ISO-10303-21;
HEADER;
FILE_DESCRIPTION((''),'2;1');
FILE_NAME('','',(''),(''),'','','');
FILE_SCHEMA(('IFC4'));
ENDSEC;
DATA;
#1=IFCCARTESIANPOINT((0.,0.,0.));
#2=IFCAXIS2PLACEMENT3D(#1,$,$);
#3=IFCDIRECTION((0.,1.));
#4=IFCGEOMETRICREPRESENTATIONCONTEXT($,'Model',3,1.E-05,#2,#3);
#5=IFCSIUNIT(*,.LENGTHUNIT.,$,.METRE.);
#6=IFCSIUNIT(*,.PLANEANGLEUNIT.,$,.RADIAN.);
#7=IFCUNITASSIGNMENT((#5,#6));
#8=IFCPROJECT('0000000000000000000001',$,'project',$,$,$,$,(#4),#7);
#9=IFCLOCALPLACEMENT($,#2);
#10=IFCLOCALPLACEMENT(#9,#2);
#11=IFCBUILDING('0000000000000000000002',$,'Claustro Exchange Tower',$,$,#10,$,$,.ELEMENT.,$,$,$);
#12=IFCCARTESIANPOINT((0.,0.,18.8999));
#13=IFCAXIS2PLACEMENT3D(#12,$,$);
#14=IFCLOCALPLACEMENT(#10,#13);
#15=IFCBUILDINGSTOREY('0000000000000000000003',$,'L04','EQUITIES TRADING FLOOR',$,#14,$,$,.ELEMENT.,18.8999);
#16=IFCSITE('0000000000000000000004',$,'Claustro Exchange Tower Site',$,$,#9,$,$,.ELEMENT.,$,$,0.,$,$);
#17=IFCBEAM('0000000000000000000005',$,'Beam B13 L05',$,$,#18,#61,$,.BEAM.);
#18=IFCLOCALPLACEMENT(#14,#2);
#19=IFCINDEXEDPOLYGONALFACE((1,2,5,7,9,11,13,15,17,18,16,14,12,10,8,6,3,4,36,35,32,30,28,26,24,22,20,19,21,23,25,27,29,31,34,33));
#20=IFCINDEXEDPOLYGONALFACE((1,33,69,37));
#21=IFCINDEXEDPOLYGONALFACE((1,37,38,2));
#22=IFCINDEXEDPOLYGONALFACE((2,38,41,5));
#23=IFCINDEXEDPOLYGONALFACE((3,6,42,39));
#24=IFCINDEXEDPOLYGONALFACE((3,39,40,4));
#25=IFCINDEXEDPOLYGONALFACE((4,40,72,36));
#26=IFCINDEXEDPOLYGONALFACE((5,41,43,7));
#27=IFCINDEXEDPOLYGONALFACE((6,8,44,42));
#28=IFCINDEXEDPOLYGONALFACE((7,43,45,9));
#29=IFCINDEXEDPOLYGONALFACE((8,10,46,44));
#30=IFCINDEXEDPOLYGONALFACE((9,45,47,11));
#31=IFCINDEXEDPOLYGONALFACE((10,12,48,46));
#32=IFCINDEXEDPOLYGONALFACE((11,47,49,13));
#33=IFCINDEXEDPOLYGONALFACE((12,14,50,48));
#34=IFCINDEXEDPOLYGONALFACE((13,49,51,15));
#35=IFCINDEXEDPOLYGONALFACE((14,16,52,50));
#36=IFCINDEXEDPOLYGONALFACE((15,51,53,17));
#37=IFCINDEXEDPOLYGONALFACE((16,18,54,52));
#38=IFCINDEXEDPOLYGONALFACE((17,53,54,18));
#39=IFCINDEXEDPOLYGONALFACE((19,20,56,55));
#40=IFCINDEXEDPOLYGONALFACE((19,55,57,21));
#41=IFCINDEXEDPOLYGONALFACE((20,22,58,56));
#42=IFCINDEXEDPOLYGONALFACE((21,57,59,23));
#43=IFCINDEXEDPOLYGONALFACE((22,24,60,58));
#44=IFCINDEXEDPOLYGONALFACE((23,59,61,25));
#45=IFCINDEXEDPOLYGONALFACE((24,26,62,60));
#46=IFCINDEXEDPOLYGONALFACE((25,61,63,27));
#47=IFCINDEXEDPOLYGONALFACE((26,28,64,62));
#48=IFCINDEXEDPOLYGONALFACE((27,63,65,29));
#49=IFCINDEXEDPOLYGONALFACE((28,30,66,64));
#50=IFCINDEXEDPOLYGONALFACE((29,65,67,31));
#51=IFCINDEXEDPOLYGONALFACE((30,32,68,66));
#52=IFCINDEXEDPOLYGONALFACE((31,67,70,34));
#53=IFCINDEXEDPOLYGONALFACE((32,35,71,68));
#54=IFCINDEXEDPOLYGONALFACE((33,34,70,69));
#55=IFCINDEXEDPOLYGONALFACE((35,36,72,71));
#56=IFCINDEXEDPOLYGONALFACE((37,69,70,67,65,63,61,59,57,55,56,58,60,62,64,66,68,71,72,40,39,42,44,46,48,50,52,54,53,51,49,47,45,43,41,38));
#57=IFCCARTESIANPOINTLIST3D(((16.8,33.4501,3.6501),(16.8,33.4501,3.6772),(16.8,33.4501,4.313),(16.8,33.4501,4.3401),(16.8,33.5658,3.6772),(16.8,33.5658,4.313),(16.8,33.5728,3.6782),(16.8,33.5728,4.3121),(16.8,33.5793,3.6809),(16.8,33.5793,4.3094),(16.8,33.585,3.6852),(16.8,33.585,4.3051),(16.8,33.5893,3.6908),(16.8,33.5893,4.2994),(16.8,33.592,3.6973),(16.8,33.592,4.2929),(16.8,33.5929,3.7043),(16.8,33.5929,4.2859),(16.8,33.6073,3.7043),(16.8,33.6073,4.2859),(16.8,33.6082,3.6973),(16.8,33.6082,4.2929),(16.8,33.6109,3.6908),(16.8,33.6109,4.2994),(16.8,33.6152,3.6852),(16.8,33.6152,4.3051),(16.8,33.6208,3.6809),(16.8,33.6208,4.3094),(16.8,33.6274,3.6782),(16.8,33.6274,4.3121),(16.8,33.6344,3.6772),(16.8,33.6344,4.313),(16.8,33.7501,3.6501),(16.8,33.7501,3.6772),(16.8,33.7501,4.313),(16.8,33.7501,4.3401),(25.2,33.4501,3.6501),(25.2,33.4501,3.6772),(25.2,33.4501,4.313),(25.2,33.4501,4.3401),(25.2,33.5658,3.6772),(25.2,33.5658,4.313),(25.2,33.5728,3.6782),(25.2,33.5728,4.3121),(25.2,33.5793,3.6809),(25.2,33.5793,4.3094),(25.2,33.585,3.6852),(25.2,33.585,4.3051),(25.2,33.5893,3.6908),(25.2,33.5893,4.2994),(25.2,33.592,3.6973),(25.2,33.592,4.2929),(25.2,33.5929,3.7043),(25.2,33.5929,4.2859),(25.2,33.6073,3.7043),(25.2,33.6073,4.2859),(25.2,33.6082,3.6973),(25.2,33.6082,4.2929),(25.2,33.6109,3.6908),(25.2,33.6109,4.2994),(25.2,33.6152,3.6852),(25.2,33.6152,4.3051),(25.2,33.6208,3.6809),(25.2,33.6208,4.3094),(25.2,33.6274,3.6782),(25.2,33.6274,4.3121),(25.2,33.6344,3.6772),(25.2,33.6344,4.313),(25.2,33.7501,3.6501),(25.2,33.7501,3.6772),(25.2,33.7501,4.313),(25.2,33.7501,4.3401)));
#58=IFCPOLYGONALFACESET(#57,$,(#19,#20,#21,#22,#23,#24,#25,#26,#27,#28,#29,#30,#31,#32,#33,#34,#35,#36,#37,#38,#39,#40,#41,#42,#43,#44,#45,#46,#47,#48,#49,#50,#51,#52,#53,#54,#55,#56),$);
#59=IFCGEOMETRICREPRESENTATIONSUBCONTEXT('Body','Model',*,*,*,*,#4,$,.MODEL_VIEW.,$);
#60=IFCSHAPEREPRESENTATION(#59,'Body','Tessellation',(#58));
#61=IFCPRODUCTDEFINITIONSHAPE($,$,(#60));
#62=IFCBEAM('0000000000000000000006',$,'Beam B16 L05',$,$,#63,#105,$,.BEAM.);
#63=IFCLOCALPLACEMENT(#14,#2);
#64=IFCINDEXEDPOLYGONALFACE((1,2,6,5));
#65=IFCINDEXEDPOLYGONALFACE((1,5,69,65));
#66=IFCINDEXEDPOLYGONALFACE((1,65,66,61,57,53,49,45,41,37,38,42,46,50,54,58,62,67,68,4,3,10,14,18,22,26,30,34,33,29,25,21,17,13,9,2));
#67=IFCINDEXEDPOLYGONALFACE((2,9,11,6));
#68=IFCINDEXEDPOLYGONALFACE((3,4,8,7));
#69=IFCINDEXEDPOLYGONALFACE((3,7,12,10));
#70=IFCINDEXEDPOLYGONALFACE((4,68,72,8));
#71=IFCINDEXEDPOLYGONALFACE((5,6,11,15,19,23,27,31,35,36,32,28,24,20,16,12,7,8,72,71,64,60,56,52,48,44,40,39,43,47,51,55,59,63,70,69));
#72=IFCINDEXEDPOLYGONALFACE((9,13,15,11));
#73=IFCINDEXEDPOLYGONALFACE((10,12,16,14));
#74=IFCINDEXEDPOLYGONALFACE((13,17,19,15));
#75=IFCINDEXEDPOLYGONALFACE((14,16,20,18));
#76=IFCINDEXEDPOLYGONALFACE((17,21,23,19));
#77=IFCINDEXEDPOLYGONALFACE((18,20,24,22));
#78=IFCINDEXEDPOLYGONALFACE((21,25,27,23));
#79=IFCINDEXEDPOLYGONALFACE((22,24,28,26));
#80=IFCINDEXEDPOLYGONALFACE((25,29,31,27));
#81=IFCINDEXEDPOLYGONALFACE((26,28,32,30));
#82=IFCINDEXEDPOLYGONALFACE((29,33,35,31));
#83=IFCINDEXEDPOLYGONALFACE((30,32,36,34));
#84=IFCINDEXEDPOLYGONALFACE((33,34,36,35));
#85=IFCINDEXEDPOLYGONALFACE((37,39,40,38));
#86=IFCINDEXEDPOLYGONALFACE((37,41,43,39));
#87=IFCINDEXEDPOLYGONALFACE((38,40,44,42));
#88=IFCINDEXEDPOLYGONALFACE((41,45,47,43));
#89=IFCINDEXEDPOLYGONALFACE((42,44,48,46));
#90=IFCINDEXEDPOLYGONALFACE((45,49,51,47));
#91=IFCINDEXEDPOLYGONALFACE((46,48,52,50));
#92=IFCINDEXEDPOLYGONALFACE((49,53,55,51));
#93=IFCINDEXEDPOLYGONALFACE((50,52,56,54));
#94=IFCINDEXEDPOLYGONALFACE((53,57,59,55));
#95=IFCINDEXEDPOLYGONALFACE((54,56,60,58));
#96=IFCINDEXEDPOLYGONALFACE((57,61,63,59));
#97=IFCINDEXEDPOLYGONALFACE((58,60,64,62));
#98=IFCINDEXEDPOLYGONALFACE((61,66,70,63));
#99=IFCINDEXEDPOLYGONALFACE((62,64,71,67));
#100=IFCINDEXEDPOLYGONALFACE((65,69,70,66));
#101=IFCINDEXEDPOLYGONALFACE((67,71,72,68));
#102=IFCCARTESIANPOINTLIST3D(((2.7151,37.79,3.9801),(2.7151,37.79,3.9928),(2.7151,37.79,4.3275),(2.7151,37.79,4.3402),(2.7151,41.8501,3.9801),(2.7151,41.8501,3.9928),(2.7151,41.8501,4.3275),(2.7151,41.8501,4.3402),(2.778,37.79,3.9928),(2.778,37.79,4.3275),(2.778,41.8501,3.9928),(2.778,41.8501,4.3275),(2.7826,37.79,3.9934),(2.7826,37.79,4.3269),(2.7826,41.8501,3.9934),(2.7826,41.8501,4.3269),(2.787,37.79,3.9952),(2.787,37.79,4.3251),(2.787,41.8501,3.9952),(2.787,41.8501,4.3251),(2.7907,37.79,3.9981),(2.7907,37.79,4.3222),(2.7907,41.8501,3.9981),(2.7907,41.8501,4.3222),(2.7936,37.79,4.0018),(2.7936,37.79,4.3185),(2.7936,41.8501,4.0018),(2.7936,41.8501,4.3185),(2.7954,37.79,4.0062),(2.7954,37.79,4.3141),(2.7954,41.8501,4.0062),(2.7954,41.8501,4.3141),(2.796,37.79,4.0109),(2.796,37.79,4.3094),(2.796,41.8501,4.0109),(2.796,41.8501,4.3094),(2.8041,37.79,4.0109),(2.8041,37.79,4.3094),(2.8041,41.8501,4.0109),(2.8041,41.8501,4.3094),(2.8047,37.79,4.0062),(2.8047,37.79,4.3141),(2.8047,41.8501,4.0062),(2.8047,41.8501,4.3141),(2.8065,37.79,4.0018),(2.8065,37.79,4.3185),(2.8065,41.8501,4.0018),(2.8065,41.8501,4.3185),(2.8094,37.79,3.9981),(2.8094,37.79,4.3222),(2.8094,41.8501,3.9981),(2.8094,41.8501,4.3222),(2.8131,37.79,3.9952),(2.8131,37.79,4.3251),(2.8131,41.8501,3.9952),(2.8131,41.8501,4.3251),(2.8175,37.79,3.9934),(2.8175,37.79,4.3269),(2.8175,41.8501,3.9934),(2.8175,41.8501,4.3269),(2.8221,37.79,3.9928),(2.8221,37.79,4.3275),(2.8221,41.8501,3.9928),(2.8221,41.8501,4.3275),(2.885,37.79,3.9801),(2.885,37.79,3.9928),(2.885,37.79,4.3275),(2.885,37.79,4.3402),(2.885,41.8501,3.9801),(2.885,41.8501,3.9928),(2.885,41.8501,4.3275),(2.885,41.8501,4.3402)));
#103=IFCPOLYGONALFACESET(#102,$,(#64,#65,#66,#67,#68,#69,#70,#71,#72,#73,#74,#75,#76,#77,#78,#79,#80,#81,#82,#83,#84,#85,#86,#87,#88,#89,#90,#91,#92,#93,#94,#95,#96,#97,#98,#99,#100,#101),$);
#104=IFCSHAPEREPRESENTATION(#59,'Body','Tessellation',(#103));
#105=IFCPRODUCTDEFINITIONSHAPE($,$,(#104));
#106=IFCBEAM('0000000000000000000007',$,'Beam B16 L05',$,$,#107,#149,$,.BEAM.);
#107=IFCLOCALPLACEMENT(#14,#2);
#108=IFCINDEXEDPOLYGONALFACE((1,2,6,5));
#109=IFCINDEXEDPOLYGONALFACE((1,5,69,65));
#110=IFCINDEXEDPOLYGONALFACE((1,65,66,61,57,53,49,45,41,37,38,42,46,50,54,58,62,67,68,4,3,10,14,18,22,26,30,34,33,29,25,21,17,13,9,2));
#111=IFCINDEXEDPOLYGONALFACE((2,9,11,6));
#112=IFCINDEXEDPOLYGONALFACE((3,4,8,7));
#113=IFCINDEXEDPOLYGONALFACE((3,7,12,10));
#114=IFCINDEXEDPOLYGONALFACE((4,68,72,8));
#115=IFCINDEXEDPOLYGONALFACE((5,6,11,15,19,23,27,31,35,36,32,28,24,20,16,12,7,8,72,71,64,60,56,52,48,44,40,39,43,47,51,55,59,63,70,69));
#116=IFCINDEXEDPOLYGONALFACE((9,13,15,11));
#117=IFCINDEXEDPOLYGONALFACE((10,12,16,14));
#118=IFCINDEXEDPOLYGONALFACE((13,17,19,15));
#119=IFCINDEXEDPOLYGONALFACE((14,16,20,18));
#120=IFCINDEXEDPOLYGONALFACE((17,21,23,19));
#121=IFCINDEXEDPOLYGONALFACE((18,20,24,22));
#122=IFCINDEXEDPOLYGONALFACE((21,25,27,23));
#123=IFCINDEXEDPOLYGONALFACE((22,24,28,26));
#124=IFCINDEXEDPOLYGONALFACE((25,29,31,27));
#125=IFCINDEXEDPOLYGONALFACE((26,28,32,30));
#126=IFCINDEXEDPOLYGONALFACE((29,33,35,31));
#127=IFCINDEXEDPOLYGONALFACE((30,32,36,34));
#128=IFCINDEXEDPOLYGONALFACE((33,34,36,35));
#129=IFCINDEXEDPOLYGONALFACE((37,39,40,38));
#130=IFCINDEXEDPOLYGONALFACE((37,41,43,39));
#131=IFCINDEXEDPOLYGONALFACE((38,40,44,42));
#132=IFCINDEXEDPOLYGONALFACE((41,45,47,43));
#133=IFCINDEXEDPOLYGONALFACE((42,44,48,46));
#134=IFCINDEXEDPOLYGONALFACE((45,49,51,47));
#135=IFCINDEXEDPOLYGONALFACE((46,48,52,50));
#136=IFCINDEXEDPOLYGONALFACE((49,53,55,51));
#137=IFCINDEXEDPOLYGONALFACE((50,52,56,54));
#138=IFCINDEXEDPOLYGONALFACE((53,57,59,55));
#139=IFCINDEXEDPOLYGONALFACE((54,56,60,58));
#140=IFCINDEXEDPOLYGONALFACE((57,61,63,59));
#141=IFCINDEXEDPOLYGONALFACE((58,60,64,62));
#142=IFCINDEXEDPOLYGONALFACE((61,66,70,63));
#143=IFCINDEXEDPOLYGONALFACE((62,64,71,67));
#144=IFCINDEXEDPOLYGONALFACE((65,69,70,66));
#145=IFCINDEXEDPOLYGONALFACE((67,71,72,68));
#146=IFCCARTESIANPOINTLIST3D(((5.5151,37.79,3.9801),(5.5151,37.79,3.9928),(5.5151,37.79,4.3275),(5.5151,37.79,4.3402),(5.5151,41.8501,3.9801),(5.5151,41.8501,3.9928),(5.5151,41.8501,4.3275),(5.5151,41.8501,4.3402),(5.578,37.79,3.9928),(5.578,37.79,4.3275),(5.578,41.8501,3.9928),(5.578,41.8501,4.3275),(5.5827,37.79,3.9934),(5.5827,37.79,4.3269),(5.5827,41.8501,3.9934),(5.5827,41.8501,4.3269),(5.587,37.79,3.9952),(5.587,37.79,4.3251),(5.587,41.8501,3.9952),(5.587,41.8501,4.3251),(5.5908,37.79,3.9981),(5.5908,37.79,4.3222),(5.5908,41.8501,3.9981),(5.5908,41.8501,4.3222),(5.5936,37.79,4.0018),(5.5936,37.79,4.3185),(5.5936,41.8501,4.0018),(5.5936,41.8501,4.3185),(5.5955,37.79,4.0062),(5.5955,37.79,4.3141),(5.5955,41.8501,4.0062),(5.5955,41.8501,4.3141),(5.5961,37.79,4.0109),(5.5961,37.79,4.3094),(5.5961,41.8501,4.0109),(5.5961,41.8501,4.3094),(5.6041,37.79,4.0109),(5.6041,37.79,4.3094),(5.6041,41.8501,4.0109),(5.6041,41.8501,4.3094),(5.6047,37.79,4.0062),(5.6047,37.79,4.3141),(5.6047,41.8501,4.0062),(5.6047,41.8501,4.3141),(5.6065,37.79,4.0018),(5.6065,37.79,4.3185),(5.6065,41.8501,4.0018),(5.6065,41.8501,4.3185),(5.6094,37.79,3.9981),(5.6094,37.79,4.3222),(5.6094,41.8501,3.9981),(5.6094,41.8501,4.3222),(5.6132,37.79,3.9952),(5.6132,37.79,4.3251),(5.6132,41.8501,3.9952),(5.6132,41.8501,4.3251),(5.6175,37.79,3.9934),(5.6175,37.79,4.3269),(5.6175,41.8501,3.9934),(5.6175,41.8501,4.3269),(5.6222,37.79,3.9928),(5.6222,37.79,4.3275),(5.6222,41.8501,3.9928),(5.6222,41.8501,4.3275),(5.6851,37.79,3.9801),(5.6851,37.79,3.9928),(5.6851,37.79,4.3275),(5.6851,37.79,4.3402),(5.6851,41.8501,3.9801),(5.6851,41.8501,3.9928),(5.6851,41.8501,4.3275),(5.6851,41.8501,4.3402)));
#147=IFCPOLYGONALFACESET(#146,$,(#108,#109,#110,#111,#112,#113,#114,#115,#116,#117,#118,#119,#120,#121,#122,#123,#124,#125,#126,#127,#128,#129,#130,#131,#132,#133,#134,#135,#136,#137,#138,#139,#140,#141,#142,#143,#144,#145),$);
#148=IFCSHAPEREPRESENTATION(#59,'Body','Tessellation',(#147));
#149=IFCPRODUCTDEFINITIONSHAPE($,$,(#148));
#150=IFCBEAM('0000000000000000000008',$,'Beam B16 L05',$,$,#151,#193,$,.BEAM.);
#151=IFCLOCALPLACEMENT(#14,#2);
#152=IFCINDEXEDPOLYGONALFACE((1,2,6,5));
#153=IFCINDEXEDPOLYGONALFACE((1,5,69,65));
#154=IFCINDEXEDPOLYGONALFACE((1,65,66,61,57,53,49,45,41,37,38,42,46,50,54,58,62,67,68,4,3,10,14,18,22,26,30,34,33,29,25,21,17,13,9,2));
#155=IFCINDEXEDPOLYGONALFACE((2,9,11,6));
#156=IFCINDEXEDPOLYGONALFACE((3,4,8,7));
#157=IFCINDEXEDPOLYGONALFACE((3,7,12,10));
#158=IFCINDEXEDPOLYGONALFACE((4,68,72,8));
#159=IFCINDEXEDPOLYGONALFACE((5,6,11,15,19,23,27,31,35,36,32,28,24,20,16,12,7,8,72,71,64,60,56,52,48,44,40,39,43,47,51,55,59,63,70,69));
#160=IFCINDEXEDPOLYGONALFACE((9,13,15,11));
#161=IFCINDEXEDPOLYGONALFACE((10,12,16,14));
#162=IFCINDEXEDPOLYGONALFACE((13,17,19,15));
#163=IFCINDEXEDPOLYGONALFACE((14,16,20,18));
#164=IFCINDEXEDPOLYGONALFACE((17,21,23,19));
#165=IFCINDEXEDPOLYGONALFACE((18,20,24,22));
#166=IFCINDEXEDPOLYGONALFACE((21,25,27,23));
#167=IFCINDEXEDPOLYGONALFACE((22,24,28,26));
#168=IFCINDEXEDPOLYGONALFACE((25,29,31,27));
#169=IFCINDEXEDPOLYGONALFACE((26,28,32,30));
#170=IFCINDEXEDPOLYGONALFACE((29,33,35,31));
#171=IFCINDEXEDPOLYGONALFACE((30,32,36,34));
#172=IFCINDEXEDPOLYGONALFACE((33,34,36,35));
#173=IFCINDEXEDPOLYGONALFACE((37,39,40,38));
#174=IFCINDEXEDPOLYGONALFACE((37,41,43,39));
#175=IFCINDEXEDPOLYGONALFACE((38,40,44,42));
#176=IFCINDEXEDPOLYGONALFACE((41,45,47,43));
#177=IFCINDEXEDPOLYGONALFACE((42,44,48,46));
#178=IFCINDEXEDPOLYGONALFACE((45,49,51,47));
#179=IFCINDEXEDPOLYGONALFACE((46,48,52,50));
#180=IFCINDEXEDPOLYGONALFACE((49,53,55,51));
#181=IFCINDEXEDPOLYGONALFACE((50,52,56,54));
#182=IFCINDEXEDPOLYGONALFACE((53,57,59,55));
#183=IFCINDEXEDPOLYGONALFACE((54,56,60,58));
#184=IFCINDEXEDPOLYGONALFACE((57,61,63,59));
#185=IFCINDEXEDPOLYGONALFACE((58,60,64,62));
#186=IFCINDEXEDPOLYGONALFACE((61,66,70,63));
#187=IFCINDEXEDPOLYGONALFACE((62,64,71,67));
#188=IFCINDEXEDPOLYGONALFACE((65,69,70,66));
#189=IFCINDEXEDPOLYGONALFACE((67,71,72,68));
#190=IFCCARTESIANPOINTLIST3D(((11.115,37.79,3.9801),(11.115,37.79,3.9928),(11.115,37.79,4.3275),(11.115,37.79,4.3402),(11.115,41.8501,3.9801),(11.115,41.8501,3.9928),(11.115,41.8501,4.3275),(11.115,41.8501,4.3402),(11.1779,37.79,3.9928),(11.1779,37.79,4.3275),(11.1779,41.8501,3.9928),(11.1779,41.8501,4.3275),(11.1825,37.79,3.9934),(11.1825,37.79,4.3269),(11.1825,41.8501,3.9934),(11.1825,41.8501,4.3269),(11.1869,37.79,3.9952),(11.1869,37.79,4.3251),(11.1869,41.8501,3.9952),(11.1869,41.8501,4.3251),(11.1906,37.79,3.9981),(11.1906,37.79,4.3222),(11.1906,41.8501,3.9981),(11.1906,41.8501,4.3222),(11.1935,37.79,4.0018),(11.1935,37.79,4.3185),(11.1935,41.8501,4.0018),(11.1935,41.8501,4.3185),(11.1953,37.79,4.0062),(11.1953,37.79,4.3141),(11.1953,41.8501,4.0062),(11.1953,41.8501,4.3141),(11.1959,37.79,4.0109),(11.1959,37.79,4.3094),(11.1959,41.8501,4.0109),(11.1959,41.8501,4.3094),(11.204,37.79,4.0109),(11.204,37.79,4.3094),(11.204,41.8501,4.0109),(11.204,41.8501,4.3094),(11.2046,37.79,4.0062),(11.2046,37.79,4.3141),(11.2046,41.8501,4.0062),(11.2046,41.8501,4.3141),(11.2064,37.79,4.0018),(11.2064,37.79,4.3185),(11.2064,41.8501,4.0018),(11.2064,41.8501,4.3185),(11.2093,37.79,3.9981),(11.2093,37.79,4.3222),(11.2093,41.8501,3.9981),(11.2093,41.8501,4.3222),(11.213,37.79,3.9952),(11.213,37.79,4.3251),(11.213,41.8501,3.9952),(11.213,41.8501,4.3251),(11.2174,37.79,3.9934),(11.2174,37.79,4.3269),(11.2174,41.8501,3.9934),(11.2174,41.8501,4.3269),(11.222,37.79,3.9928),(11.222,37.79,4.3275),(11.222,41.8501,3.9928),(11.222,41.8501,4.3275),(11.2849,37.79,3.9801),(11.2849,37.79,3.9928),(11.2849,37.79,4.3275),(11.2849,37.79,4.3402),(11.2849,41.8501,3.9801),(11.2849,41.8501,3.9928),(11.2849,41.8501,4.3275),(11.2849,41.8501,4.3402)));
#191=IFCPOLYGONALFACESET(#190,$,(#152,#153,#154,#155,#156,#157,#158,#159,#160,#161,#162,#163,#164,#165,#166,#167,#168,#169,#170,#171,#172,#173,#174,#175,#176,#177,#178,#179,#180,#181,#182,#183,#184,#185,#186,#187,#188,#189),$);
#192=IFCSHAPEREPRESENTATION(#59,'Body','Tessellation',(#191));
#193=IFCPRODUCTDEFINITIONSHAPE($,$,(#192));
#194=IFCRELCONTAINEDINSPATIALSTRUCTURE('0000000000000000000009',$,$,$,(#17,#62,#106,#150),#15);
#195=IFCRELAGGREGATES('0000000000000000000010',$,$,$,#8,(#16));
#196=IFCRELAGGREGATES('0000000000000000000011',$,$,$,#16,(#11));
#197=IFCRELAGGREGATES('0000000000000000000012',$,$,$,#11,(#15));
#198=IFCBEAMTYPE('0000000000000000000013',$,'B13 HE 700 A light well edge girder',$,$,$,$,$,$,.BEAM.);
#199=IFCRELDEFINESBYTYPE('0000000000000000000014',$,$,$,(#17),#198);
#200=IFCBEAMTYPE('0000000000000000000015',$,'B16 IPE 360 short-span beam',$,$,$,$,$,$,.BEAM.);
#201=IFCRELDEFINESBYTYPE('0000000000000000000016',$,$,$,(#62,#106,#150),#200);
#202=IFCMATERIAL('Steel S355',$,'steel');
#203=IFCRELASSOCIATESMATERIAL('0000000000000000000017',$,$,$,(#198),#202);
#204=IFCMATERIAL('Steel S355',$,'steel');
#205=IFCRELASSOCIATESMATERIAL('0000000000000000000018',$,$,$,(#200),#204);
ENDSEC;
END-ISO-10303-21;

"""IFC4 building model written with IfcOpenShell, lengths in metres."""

from ifc_helpers import new_model, si_unit, direction, frame, origin, origin_2d, place, context, subcontext, project, spatial, i_section, extrude, material, material_profile, profile_set, type_object, element, save


model = new_model("IFC4")

# Units and contexts
model_context = context("Model", 3, precision=1e-05, world=origin(), true_north=direction((0.0, 1.0)))
body_context = subcontext(model_context, "Body", "Model", "MODEL_VIEW")
ifc_project = project(units=[si_unit("LENGTHUNIT", "METRE"), si_unit("PLANEANGLEUNIT", "RADIAN")], contexts=[model_context])

# Site, building, storey
site_placement = place(None, origin())
site = spatial("IfcSite", under=ifc_project, at=site_placement, Name="Claustro Exchange Tower Site", CompositionType="ELEMENT", RefElevation=0.0)
building_placement = place(site_placement, origin())
building = spatial("IfcBuilding", under=site, at=building_placement, Name="Claustro Exchange Tower", CompositionType="ELEMENT")
storey_placement = place(building_placement, frame((0.0, 0.0, 18.8999)))
storey = spatial("IfcBuildingStorey", under=building, at=storey_placement, Name="L04", Description="EQUITIES TRADING FLOOR", CompositionType="ELEMENT", Elevation=18.8999)

# Beams
ifc_material_1 = material(Name="Steel S355", Category="steel")
ifc_material_profile_1 = material_profile(ifc_material_1, i_section(OverallWidth=0.3, OverallDepth=0.6899, WebThickness=0.0144, FlangeThickness=0.0271, FilletRadius=0.0271, at=origin_2d()), Name="HE 700 A")
ifc_profile_set_1 = profile_set([ifc_material_profile_1], Name="Steel S355")
beam_type_1 = type_object("IfcBeamType", Name="B13 HE 700 A light well edge girder", PredefinedType="BEAM", material=ifc_profile_set_1)
beam_1_placement = place(storey_placement, frame((16.8, 33.6001, 3.9951), z_axis=(1.0, 0.0, 0.0), x_axis=(0.0, 1.0, 0.0)))
element("IfcBeam", 1, at=beam_1_placement, inside=storey, type_object=beam_type_1, Name="Beam B13 L05", PredefinedType="BEAM", context=body_context, shape_type="SweptSolid", body=[
    extrude(i_section(OverallWidth=0.3, OverallDepth=0.6899, WebThickness=0.0144, FlangeThickness=0.0271, FilletRadius=0.0271, at=origin_2d()), origin(), (0.0, 0.0, 1.0), 8.3999),
])
ifc_material_2 = material(Name="Steel S355", Category="steel")
ifc_material_profile_2 = material_profile(ifc_material_2, i_section(OverallWidth=0.1699, OverallDepth=0.3601, WebThickness=0.0081, FlangeThickness=0.0127, FilletRadius=0.0181, at=origin_2d()), Name="IPE 360")
ifc_profile_set_2 = profile_set([ifc_material_profile_2], Name="Steel S355")
beam_type_2 = type_object("IfcBeamType", Name="B16 IPE 360 short-span beam", PredefinedType="BEAM", material=ifc_profile_set_2)
for number, where, z_axis, x_axis, name in (
    (2, (2.8, 37.79, 4.1602), (0.0, 1.0, 0.0), (-1.0, 0.0, 0.0), "Beam B16 L05"),
    (3, (5.6001, 37.79, 4.1602), (0.0, 1.0, 0.0), (-1.0, 0.0, 0.0), "Beam B16 L05"),
    (4, (11.2, 37.79, 4.1602), (0.0, 1.0, 0.0), (-1.0, 0.0, 0.0), "Beam B16 L05"),
):
    element("IfcBeam", number, at=place(storey_placement, frame(where, z_axis=z_axis, x_axis=x_axis)), inside=storey, type_object=beam_type_2, Name=name, PredefinedType="BEAM", context=body_context, shape_type="SweptSolid", body=[
        extrude(i_section(OverallWidth=0.1699, OverallDepth=0.3601, WebThickness=0.0081, FlangeThickness=0.0127, FilletRadius=0.0181, at=origin_2d()), origin(), (0.0, 0.0, 1.0), 4.0601),
    ])

save(model, "model.ifc")
